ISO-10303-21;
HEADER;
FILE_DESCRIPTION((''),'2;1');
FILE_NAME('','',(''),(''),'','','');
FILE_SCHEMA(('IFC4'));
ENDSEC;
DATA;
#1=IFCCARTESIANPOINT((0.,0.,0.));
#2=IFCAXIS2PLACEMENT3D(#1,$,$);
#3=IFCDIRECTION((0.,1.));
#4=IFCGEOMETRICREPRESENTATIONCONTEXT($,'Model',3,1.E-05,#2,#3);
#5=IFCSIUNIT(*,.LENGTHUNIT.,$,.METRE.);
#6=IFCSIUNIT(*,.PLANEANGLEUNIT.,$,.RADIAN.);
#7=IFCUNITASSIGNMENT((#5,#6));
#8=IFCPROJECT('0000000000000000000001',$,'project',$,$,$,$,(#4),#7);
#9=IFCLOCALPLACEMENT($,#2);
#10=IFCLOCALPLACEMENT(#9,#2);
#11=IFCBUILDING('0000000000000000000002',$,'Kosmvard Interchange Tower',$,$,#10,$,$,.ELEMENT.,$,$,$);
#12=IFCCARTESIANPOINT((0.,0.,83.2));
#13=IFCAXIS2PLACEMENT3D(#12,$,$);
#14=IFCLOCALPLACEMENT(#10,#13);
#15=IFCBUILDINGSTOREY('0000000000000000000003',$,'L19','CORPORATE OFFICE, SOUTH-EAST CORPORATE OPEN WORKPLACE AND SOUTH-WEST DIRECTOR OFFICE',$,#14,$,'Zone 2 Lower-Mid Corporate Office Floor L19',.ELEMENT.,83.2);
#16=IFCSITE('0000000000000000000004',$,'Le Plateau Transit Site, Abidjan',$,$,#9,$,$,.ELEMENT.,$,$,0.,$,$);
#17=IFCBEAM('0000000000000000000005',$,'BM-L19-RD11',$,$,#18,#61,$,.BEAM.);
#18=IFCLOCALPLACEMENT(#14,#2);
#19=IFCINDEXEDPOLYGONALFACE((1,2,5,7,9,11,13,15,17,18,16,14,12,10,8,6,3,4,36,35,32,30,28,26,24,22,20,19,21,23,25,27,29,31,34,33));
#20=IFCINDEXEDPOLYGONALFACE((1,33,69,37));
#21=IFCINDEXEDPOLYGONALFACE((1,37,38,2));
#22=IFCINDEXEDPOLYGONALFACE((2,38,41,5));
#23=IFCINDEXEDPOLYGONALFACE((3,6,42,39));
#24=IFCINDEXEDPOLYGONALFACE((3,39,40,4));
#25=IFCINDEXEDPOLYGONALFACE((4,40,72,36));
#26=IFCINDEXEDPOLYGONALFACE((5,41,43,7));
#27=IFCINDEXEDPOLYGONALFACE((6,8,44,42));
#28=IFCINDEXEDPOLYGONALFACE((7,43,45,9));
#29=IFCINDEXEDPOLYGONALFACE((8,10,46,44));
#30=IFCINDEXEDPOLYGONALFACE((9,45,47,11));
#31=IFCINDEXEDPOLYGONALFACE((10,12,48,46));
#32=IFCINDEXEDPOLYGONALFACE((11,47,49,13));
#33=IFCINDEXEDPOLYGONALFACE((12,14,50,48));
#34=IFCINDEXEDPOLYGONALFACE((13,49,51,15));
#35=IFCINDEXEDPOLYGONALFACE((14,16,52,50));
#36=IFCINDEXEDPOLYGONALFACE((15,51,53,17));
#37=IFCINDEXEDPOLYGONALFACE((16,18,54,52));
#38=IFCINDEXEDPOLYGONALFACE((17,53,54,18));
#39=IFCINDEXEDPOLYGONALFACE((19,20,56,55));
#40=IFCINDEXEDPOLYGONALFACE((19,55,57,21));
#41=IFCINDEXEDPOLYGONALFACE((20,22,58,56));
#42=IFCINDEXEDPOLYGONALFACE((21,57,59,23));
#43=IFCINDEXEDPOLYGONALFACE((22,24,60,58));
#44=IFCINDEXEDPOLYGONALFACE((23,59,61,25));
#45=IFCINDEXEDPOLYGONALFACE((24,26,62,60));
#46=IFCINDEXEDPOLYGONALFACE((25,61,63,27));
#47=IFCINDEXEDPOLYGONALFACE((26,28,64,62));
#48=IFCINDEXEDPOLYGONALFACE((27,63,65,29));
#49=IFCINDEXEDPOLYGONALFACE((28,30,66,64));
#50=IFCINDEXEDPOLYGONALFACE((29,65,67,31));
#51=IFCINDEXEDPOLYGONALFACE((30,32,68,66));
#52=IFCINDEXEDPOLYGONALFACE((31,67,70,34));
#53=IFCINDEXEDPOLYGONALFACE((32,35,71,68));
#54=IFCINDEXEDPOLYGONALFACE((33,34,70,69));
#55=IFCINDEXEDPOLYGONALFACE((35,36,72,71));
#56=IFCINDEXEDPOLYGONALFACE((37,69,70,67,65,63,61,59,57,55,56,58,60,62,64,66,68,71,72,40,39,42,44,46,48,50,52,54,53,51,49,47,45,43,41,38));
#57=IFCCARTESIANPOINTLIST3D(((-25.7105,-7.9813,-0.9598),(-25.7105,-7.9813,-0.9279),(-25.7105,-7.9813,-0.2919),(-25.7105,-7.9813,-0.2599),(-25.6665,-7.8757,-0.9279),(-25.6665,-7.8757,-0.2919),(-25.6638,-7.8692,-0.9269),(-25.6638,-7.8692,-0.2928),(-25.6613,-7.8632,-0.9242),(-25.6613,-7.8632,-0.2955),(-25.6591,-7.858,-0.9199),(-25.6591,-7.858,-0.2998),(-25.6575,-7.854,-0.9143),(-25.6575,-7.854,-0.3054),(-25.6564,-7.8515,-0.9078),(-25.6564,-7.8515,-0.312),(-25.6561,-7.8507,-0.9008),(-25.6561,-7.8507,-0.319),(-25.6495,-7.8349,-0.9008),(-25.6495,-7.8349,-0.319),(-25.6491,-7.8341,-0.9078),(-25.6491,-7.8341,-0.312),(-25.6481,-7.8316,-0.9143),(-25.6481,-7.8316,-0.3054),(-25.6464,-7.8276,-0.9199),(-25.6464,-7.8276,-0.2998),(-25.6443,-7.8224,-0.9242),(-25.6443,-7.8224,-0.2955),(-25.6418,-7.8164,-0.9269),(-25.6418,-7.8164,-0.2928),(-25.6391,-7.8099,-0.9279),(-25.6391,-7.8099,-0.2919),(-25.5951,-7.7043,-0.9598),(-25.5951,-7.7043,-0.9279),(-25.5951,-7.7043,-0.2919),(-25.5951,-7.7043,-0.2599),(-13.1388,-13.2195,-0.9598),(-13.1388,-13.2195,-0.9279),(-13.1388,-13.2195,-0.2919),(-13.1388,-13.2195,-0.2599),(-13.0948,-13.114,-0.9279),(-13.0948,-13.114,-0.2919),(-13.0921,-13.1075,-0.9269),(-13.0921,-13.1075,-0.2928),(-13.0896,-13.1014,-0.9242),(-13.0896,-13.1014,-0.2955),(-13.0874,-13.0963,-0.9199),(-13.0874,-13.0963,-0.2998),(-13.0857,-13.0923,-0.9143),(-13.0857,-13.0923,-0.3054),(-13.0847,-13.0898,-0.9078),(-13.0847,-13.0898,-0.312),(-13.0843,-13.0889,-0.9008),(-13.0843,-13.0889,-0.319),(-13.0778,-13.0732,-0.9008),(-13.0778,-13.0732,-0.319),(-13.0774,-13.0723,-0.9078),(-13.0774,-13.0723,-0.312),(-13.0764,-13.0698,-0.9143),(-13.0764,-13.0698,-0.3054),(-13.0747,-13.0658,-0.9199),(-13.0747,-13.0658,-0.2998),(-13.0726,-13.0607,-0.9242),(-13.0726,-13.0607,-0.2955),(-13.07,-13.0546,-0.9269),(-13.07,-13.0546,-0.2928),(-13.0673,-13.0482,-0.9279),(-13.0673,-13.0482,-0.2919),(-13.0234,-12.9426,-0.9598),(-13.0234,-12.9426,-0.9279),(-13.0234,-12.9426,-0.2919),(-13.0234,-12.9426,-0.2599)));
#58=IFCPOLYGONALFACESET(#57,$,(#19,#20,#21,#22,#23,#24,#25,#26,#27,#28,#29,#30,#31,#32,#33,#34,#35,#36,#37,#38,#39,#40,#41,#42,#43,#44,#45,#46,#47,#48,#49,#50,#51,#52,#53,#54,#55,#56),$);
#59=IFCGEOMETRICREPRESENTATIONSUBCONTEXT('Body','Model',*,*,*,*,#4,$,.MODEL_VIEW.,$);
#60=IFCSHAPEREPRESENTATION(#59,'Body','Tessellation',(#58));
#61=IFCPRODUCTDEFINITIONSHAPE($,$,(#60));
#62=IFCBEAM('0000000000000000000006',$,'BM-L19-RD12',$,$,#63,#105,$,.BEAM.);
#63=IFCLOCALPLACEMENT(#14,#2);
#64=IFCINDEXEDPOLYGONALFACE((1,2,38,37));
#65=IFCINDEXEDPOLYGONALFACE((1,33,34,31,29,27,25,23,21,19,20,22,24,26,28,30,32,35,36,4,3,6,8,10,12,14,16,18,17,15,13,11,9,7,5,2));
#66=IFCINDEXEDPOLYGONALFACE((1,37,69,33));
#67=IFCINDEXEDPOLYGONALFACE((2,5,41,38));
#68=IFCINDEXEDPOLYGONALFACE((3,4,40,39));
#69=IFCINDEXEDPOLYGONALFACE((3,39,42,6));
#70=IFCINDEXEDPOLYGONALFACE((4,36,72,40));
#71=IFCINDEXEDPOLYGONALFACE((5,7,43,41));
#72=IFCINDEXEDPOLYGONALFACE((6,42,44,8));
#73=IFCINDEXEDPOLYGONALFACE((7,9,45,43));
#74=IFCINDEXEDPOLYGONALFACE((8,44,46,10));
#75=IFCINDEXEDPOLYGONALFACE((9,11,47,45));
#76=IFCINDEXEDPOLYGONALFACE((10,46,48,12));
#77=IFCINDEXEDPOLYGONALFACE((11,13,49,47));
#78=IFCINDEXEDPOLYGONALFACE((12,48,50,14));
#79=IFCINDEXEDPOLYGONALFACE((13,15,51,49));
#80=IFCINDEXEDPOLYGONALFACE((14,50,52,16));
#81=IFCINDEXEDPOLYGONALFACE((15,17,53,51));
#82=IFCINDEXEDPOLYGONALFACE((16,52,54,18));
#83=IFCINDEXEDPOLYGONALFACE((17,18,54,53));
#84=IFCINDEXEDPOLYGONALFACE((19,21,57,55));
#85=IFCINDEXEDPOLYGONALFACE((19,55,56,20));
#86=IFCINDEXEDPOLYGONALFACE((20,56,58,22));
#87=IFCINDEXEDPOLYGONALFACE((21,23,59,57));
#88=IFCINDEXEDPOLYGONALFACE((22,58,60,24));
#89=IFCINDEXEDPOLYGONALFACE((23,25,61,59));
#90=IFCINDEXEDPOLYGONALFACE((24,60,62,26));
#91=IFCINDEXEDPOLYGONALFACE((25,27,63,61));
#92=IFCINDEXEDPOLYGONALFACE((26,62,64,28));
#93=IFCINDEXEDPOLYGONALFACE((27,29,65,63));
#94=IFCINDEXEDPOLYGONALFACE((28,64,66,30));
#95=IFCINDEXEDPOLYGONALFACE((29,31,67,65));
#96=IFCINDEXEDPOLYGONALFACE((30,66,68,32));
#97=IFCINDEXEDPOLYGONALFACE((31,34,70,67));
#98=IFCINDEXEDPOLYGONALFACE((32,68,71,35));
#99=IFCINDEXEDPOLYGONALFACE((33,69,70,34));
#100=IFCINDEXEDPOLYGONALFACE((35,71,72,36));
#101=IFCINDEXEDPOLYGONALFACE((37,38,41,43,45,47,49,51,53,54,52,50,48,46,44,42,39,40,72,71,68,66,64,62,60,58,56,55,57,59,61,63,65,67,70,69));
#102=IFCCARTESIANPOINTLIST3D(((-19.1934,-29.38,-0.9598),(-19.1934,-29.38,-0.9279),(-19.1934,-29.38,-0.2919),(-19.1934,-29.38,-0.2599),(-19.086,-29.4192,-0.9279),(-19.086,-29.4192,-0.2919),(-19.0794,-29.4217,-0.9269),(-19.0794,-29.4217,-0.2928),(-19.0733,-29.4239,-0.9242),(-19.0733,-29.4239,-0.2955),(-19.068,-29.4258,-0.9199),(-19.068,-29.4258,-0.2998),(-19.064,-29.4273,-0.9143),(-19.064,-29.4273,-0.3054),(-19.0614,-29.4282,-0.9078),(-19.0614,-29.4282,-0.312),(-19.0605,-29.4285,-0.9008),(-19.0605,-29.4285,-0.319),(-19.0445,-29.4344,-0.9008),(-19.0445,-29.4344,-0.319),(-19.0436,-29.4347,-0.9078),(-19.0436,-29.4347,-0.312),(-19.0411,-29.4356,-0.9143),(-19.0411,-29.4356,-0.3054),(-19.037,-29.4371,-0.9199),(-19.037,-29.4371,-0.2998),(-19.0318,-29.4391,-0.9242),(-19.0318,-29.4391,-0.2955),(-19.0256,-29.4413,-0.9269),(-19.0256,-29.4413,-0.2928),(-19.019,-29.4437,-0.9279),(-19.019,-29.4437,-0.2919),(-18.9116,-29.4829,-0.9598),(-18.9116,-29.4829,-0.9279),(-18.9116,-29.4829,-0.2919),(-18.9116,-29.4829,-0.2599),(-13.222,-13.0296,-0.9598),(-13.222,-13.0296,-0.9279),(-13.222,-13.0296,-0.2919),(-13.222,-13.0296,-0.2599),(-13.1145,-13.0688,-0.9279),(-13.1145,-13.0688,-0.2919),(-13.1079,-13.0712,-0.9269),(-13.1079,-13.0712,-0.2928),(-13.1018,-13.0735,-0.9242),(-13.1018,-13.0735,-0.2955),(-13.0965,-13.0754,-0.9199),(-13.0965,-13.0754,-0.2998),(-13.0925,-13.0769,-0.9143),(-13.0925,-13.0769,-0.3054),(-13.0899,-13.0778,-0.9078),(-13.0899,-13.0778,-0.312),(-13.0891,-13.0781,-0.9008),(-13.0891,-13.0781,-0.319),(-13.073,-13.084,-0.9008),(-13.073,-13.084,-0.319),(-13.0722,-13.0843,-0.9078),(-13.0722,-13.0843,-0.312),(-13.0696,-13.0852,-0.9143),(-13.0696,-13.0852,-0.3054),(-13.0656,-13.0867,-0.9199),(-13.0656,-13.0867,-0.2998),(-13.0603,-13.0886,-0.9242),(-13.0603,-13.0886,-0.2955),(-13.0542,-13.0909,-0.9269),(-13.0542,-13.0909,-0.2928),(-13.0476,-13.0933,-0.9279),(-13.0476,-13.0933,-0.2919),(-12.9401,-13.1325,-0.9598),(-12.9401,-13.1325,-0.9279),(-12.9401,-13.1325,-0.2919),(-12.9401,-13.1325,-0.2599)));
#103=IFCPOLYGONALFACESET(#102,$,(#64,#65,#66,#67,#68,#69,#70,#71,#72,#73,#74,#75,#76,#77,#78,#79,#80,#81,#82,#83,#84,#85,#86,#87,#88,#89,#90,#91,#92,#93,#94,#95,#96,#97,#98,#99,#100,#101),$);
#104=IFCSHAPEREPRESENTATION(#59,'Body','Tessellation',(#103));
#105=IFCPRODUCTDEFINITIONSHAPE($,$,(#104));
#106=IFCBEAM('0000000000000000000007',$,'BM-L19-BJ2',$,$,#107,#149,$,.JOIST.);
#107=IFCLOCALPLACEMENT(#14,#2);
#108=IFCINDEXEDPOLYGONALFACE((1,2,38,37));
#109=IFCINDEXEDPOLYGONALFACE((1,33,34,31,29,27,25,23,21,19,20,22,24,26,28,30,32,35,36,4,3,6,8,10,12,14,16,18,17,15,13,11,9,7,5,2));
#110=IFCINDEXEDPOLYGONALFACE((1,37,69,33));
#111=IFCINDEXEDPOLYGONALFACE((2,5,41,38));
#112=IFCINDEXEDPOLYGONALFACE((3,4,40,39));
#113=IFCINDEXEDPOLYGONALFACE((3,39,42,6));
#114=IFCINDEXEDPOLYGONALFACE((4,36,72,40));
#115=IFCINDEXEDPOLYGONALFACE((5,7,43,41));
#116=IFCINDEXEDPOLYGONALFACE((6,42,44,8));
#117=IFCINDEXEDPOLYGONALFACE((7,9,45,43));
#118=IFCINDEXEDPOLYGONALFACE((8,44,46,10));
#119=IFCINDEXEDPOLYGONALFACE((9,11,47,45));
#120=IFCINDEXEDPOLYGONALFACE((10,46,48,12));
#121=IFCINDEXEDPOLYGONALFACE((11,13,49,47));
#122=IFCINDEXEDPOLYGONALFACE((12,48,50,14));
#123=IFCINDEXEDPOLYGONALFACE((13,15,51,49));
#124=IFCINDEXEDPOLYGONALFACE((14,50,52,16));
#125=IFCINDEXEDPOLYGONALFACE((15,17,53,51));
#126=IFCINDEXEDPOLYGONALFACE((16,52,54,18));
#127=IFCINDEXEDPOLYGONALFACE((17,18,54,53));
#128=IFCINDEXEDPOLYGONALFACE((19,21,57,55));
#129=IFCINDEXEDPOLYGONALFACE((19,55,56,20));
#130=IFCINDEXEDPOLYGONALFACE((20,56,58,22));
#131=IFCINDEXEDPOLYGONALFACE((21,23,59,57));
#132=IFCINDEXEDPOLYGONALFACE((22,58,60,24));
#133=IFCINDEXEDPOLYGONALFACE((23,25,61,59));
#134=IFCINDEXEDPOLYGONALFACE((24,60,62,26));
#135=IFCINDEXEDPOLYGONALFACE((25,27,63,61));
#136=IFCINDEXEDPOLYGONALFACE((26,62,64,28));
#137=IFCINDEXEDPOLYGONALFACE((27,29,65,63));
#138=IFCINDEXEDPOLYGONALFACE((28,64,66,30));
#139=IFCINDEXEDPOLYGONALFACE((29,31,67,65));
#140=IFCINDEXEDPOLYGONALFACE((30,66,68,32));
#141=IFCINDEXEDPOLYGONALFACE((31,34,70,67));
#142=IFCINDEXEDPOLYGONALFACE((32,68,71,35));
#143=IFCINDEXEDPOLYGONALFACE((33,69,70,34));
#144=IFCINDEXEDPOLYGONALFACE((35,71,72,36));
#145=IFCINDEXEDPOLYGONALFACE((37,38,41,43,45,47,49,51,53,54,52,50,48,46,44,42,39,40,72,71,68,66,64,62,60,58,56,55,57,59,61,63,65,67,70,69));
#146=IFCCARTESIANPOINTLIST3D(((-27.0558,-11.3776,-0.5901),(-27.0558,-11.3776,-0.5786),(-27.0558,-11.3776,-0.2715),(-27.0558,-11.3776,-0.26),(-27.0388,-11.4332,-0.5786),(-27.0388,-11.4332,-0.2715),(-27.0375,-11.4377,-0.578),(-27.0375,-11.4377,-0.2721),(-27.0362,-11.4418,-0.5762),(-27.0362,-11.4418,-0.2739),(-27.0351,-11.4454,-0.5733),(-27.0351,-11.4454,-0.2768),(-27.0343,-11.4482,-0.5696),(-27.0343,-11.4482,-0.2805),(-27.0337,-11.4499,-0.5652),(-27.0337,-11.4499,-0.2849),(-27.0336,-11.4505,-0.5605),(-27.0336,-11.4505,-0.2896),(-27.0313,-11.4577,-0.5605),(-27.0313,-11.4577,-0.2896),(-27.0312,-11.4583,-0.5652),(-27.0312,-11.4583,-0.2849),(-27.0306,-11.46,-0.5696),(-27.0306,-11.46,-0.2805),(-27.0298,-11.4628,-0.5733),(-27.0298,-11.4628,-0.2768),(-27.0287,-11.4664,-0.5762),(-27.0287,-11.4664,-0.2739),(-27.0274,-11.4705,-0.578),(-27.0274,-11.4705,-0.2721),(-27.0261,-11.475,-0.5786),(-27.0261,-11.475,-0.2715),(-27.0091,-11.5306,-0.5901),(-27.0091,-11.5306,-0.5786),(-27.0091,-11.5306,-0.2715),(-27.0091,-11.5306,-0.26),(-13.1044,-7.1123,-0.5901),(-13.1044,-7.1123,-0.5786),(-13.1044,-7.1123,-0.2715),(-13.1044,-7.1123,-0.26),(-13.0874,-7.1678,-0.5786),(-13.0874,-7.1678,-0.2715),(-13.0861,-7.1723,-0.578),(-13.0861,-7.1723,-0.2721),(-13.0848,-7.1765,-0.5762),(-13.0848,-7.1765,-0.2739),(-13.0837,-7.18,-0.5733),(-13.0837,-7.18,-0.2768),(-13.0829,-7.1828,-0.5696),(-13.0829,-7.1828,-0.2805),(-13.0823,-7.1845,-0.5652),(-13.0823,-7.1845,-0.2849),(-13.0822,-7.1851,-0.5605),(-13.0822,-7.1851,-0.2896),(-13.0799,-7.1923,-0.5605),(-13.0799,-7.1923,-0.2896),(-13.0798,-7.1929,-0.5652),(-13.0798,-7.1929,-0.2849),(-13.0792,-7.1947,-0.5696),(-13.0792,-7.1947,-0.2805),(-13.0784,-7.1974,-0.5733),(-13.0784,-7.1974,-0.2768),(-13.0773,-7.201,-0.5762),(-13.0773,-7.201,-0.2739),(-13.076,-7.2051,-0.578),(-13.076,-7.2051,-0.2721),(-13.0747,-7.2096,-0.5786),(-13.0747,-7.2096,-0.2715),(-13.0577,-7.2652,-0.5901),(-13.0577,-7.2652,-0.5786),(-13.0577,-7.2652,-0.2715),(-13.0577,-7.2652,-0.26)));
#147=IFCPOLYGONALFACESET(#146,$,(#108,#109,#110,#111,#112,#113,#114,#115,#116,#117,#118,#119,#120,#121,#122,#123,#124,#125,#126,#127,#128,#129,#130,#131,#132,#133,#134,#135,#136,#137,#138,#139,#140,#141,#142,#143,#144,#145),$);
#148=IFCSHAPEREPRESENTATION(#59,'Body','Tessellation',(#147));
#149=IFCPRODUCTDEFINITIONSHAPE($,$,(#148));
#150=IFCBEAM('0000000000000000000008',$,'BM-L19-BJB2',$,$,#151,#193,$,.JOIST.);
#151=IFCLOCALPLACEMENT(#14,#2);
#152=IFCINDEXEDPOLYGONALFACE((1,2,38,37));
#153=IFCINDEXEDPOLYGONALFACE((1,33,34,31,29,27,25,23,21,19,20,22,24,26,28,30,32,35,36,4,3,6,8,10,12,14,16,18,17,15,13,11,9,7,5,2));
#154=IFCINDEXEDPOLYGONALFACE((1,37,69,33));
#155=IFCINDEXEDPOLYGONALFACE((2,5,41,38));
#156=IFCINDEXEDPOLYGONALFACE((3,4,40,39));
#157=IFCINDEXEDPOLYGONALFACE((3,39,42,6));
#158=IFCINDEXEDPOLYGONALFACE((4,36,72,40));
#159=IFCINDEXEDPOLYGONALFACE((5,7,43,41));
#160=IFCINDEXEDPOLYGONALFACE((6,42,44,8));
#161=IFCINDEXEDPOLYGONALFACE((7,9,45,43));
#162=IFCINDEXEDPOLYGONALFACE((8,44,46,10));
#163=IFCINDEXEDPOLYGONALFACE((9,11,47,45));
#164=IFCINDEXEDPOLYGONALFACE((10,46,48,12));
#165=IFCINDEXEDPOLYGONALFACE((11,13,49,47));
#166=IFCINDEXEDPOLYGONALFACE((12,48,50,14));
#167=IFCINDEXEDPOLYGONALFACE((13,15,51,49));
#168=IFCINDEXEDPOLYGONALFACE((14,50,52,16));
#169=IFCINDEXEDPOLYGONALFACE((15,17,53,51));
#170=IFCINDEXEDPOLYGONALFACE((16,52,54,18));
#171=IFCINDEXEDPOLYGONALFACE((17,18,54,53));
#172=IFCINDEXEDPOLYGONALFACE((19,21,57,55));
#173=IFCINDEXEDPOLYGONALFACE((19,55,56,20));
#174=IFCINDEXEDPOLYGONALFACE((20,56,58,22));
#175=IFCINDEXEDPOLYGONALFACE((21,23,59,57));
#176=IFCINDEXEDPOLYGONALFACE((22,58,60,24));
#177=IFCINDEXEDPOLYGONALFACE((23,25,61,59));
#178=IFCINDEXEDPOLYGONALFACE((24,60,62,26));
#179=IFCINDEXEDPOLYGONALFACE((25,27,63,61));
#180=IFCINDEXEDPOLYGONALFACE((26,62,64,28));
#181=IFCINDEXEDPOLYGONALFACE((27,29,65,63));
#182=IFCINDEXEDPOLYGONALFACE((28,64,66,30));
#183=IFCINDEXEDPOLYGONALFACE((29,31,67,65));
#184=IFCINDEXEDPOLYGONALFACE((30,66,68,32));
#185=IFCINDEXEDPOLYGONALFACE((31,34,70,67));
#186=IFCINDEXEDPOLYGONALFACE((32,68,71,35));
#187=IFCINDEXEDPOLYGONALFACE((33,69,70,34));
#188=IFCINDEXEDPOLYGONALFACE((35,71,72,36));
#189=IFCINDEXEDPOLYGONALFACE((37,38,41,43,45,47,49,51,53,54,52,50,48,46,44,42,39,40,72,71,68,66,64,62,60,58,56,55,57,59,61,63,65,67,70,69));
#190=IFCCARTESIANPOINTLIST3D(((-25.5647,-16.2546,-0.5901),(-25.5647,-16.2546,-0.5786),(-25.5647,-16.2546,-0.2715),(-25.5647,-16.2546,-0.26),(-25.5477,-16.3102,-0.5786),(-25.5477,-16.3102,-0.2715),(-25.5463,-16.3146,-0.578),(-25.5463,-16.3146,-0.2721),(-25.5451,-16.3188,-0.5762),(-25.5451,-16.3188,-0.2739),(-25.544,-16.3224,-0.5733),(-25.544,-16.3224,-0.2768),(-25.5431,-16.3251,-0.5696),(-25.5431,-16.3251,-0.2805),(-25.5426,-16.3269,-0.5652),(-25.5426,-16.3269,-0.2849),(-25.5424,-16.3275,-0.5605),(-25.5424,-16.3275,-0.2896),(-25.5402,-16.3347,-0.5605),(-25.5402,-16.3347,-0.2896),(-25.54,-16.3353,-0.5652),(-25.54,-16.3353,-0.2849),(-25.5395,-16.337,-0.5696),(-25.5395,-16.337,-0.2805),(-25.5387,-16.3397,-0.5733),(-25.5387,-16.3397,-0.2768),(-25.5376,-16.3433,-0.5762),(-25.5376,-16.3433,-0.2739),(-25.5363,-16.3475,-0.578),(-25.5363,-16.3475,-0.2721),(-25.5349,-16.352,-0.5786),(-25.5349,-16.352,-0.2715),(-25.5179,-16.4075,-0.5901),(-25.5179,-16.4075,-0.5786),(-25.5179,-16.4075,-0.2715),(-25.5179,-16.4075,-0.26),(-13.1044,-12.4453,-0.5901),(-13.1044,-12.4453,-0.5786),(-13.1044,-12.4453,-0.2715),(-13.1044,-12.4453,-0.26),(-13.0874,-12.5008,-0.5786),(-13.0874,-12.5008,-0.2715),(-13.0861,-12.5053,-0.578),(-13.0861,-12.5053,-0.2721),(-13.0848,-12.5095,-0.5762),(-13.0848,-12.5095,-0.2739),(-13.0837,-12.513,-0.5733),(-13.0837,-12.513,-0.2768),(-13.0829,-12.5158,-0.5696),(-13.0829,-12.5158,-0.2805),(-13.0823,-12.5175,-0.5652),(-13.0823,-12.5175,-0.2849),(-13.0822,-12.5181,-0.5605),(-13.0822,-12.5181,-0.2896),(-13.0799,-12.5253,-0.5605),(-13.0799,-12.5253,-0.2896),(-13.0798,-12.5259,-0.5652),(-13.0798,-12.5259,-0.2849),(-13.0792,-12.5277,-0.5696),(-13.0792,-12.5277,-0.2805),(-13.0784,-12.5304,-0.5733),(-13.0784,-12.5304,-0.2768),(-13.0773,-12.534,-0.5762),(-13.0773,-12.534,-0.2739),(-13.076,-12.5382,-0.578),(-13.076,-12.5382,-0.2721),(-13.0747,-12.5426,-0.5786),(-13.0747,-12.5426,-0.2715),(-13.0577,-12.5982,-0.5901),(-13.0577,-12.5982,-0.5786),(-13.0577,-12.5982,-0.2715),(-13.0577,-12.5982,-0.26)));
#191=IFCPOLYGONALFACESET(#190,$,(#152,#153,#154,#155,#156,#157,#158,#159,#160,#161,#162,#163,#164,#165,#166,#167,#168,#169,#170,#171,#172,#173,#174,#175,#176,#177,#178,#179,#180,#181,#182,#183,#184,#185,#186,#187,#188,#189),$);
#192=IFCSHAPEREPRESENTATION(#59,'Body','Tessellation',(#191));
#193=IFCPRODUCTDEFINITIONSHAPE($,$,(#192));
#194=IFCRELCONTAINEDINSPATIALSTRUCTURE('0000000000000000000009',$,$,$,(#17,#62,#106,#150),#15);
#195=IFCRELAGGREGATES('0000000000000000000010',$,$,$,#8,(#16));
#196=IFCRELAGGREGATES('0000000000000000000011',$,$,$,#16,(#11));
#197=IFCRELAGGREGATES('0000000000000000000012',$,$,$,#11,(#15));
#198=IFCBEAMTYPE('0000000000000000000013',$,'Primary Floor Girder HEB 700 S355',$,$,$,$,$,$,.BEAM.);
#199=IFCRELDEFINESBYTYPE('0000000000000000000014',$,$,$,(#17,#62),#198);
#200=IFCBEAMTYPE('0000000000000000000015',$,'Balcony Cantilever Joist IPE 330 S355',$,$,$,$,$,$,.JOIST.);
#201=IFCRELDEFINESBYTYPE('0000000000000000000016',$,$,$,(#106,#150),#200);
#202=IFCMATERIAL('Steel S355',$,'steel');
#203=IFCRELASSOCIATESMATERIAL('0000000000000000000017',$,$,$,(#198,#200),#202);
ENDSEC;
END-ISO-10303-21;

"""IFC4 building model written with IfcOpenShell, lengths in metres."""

from ifc_helpers import new_model, si_unit, direction, frame, origin, origin_2d, place, context, subcontext, project, spatial, i_section, extrude, source, transform, mapped, material, material_profile, profile_set, type_object, element, save


model = new_model("IFC4")

# Units and contexts
model_context = context("Model", 3, precision=1e-05, world=origin(), true_north=direction((0.0, 1.0)))
body_context = subcontext(model_context, "Body", "Model", "MODEL_VIEW")
ifc_project = project(units=[si_unit("LENGTHUNIT", "METRE"), si_unit("PLANEANGLEUNIT", "RADIAN")], contexts=[model_context])

# Site, building, storey
site_placement = place(None, origin())
site = spatial("IfcSite", under=ifc_project, at=site_placement, Name="Le Plateau Transit Site, Abidjan", CompositionType="ELEMENT", RefElevation=0.0)
building_placement = place(site_placement, origin())
building = spatial("IfcBuilding", under=site, at=building_placement, Name="Kosmvard Interchange Tower", CompositionType="ELEMENT")
storey_placement = place(building_placement, frame((0.0, 0.0, 83.2)))
storey = spatial("IfcBuildingStorey", under=building, at=storey_placement, Name="L19", Description="CORPORATE OFFICE, SOUTH-EAST CORPORATE OPEN WORKPLACE AND SOUTH-WEST DIRECTOR OFFICE", LongName="Zone 2 Lower-Mid Corporate Office Floor L19", CompositionType="ELEMENT", Elevation=83.2)

# Beams
ifc_material_1 = material(Name="Steel S355", Category="steel")
ifc_material_profile_1 = material_profile(ifc_material_1, i_section(OverallWidth=0.3, OverallDepth=0.7, WebThickness=0.0171, FlangeThickness=0.032, FilletRadius=0.0271, at=origin_2d()), Name="HEB 700")
ifc_profile_set_1 = profile_set([ifc_material_profile_1], Name="Steel S355")
beam_type_1 = type_object("IfcBeamType", Name="Primary Floor Girder HEB 700 S355", PredefinedType="BEAM", material=ifc_profile_set_1)
shared_shape_1 = source(origin(), body_context, "Body", "SweptSolid", [
    extrude(i_section(OverallWidth=0.3, OverallDepth=0.7, WebThickness=0.0171, FlangeThickness=0.032, FilletRadius=0.0271, at=origin_2d()), origin(), (0.0, 0.0, 1.0), 13.6194),
])
beam_1_placement = place(storey_placement, frame((-13.0811, -13.0811, -0.6099), z_axis=(-0.923076, 0.384618, 0.0), x_axis=(-0.384618, -0.923076, 0.0)))
element("IfcBeam", 1, at=beam_1_placement, inside=storey, type_object=beam_type_1, Name="BM-L19-RD11", PredefinedType="BEAM", context=body_context, shape_type="MappedRepresentation", body=[
    mapped(shared_shape_1, transform((0.0, 0.0, 0.0), scale=1.0)),
])
shared_shape_2 = source(origin(), body_context, "Body", "SweptSolid", [
    extrude(i_section(OverallWidth=0.3, OverallDepth=0.7, WebThickness=0.0171, FlangeThickness=0.032, FilletRadius=0.0271, at=origin_2d()), origin(), (0.0, 0.0, 1.0), 17.4067),
])
beam_2_placement = place(storey_placement, frame((-13.0811, -13.0811, -0.6099), z_axis=(-0.343055, -0.939315, 0.0), x_axis=(0.939315, -0.343055, 0.0)))
element("IfcBeam", 2, at=beam_2_placement, inside=storey, type_object=beam_type_1, Name="BM-L19-RD12", PredefinedType="BEAM", context=body_context, shape_type="MappedRepresentation", body=[
    mapped(shared_shape_2, transform((0.0, 0.0, 0.0), scale=1.0)),
])
ifc_material_profile_2 = material_profile(ifc_material_1, i_section(OverallWidth=0.1599, OverallDepth=0.3301, WebThickness=0.0076, FlangeThickness=0.0115, FilletRadius=0.0181, at=origin_2d()), Name="IPE 330")
ifc_profile_set_2 = profile_set([ifc_material_profile_2], Name="Steel S355")
beam_type_2 = type_object("IfcBeamType", Name="Balcony Cantilever Joist IPE 330 S355", PredefinedType="JOIST", material=ifc_profile_set_2)
shared_shape_3 = source(origin(), body_context, "Body", "SweptSolid", [
    extrude(i_section(OverallWidth=0.1599, OverallDepth=0.3301, WebThickness=0.0076, FlangeThickness=0.0115, FilletRadius=0.0181, at=origin_2d()), origin(), (0.0, 0.0, 1.0), 14.5889),
])
beam_3_placement = place(storey_placement, frame((-13.0811, -7.1887, -0.425), z_axis=(-0.956305, -0.292372, 0.0), x_axis=(0.292372, -0.956305, 0.0)))
element("IfcBeam", 3, at=beam_3_placement, inside=storey, type_object=beam_type_2, Name="BM-L19-BJ2", PredefinedType="JOIST", context=body_context, shape_type="MappedRepresentation", body=[
    mapped(shared_shape_3, transform((0.0, 0.0, 0.0), scale=1.0)),
])
shared_shape_4 = source(origin(), body_context, "Body", "SweptSolid", [
    extrude(i_section(OverallWidth=0.1599, OverallDepth=0.3301, WebThickness=0.0076, FlangeThickness=0.0115, FilletRadius=0.0181, at=origin_2d()), origin(), (0.0, 0.0, 1.0), 13.0295),
])
beam_4_placement = place(storey_placement, frame((-13.0811, -12.5217, -0.425), z_axis=(-0.956308, -0.292362, 0.0), x_axis=(0.292362, -0.956308, 0.0)))
element("IfcBeam", 4, at=beam_4_placement, inside=storey, type_object=beam_type_2, Name="BM-L19-BJB2", PredefinedType="JOIST", context=body_context, shape_type="MappedRepresentation", body=[
    mapped(shared_shape_4, transform((0.0, 0.0, 0.0), scale=1.0)),
])

save(model, "model.ifc")
